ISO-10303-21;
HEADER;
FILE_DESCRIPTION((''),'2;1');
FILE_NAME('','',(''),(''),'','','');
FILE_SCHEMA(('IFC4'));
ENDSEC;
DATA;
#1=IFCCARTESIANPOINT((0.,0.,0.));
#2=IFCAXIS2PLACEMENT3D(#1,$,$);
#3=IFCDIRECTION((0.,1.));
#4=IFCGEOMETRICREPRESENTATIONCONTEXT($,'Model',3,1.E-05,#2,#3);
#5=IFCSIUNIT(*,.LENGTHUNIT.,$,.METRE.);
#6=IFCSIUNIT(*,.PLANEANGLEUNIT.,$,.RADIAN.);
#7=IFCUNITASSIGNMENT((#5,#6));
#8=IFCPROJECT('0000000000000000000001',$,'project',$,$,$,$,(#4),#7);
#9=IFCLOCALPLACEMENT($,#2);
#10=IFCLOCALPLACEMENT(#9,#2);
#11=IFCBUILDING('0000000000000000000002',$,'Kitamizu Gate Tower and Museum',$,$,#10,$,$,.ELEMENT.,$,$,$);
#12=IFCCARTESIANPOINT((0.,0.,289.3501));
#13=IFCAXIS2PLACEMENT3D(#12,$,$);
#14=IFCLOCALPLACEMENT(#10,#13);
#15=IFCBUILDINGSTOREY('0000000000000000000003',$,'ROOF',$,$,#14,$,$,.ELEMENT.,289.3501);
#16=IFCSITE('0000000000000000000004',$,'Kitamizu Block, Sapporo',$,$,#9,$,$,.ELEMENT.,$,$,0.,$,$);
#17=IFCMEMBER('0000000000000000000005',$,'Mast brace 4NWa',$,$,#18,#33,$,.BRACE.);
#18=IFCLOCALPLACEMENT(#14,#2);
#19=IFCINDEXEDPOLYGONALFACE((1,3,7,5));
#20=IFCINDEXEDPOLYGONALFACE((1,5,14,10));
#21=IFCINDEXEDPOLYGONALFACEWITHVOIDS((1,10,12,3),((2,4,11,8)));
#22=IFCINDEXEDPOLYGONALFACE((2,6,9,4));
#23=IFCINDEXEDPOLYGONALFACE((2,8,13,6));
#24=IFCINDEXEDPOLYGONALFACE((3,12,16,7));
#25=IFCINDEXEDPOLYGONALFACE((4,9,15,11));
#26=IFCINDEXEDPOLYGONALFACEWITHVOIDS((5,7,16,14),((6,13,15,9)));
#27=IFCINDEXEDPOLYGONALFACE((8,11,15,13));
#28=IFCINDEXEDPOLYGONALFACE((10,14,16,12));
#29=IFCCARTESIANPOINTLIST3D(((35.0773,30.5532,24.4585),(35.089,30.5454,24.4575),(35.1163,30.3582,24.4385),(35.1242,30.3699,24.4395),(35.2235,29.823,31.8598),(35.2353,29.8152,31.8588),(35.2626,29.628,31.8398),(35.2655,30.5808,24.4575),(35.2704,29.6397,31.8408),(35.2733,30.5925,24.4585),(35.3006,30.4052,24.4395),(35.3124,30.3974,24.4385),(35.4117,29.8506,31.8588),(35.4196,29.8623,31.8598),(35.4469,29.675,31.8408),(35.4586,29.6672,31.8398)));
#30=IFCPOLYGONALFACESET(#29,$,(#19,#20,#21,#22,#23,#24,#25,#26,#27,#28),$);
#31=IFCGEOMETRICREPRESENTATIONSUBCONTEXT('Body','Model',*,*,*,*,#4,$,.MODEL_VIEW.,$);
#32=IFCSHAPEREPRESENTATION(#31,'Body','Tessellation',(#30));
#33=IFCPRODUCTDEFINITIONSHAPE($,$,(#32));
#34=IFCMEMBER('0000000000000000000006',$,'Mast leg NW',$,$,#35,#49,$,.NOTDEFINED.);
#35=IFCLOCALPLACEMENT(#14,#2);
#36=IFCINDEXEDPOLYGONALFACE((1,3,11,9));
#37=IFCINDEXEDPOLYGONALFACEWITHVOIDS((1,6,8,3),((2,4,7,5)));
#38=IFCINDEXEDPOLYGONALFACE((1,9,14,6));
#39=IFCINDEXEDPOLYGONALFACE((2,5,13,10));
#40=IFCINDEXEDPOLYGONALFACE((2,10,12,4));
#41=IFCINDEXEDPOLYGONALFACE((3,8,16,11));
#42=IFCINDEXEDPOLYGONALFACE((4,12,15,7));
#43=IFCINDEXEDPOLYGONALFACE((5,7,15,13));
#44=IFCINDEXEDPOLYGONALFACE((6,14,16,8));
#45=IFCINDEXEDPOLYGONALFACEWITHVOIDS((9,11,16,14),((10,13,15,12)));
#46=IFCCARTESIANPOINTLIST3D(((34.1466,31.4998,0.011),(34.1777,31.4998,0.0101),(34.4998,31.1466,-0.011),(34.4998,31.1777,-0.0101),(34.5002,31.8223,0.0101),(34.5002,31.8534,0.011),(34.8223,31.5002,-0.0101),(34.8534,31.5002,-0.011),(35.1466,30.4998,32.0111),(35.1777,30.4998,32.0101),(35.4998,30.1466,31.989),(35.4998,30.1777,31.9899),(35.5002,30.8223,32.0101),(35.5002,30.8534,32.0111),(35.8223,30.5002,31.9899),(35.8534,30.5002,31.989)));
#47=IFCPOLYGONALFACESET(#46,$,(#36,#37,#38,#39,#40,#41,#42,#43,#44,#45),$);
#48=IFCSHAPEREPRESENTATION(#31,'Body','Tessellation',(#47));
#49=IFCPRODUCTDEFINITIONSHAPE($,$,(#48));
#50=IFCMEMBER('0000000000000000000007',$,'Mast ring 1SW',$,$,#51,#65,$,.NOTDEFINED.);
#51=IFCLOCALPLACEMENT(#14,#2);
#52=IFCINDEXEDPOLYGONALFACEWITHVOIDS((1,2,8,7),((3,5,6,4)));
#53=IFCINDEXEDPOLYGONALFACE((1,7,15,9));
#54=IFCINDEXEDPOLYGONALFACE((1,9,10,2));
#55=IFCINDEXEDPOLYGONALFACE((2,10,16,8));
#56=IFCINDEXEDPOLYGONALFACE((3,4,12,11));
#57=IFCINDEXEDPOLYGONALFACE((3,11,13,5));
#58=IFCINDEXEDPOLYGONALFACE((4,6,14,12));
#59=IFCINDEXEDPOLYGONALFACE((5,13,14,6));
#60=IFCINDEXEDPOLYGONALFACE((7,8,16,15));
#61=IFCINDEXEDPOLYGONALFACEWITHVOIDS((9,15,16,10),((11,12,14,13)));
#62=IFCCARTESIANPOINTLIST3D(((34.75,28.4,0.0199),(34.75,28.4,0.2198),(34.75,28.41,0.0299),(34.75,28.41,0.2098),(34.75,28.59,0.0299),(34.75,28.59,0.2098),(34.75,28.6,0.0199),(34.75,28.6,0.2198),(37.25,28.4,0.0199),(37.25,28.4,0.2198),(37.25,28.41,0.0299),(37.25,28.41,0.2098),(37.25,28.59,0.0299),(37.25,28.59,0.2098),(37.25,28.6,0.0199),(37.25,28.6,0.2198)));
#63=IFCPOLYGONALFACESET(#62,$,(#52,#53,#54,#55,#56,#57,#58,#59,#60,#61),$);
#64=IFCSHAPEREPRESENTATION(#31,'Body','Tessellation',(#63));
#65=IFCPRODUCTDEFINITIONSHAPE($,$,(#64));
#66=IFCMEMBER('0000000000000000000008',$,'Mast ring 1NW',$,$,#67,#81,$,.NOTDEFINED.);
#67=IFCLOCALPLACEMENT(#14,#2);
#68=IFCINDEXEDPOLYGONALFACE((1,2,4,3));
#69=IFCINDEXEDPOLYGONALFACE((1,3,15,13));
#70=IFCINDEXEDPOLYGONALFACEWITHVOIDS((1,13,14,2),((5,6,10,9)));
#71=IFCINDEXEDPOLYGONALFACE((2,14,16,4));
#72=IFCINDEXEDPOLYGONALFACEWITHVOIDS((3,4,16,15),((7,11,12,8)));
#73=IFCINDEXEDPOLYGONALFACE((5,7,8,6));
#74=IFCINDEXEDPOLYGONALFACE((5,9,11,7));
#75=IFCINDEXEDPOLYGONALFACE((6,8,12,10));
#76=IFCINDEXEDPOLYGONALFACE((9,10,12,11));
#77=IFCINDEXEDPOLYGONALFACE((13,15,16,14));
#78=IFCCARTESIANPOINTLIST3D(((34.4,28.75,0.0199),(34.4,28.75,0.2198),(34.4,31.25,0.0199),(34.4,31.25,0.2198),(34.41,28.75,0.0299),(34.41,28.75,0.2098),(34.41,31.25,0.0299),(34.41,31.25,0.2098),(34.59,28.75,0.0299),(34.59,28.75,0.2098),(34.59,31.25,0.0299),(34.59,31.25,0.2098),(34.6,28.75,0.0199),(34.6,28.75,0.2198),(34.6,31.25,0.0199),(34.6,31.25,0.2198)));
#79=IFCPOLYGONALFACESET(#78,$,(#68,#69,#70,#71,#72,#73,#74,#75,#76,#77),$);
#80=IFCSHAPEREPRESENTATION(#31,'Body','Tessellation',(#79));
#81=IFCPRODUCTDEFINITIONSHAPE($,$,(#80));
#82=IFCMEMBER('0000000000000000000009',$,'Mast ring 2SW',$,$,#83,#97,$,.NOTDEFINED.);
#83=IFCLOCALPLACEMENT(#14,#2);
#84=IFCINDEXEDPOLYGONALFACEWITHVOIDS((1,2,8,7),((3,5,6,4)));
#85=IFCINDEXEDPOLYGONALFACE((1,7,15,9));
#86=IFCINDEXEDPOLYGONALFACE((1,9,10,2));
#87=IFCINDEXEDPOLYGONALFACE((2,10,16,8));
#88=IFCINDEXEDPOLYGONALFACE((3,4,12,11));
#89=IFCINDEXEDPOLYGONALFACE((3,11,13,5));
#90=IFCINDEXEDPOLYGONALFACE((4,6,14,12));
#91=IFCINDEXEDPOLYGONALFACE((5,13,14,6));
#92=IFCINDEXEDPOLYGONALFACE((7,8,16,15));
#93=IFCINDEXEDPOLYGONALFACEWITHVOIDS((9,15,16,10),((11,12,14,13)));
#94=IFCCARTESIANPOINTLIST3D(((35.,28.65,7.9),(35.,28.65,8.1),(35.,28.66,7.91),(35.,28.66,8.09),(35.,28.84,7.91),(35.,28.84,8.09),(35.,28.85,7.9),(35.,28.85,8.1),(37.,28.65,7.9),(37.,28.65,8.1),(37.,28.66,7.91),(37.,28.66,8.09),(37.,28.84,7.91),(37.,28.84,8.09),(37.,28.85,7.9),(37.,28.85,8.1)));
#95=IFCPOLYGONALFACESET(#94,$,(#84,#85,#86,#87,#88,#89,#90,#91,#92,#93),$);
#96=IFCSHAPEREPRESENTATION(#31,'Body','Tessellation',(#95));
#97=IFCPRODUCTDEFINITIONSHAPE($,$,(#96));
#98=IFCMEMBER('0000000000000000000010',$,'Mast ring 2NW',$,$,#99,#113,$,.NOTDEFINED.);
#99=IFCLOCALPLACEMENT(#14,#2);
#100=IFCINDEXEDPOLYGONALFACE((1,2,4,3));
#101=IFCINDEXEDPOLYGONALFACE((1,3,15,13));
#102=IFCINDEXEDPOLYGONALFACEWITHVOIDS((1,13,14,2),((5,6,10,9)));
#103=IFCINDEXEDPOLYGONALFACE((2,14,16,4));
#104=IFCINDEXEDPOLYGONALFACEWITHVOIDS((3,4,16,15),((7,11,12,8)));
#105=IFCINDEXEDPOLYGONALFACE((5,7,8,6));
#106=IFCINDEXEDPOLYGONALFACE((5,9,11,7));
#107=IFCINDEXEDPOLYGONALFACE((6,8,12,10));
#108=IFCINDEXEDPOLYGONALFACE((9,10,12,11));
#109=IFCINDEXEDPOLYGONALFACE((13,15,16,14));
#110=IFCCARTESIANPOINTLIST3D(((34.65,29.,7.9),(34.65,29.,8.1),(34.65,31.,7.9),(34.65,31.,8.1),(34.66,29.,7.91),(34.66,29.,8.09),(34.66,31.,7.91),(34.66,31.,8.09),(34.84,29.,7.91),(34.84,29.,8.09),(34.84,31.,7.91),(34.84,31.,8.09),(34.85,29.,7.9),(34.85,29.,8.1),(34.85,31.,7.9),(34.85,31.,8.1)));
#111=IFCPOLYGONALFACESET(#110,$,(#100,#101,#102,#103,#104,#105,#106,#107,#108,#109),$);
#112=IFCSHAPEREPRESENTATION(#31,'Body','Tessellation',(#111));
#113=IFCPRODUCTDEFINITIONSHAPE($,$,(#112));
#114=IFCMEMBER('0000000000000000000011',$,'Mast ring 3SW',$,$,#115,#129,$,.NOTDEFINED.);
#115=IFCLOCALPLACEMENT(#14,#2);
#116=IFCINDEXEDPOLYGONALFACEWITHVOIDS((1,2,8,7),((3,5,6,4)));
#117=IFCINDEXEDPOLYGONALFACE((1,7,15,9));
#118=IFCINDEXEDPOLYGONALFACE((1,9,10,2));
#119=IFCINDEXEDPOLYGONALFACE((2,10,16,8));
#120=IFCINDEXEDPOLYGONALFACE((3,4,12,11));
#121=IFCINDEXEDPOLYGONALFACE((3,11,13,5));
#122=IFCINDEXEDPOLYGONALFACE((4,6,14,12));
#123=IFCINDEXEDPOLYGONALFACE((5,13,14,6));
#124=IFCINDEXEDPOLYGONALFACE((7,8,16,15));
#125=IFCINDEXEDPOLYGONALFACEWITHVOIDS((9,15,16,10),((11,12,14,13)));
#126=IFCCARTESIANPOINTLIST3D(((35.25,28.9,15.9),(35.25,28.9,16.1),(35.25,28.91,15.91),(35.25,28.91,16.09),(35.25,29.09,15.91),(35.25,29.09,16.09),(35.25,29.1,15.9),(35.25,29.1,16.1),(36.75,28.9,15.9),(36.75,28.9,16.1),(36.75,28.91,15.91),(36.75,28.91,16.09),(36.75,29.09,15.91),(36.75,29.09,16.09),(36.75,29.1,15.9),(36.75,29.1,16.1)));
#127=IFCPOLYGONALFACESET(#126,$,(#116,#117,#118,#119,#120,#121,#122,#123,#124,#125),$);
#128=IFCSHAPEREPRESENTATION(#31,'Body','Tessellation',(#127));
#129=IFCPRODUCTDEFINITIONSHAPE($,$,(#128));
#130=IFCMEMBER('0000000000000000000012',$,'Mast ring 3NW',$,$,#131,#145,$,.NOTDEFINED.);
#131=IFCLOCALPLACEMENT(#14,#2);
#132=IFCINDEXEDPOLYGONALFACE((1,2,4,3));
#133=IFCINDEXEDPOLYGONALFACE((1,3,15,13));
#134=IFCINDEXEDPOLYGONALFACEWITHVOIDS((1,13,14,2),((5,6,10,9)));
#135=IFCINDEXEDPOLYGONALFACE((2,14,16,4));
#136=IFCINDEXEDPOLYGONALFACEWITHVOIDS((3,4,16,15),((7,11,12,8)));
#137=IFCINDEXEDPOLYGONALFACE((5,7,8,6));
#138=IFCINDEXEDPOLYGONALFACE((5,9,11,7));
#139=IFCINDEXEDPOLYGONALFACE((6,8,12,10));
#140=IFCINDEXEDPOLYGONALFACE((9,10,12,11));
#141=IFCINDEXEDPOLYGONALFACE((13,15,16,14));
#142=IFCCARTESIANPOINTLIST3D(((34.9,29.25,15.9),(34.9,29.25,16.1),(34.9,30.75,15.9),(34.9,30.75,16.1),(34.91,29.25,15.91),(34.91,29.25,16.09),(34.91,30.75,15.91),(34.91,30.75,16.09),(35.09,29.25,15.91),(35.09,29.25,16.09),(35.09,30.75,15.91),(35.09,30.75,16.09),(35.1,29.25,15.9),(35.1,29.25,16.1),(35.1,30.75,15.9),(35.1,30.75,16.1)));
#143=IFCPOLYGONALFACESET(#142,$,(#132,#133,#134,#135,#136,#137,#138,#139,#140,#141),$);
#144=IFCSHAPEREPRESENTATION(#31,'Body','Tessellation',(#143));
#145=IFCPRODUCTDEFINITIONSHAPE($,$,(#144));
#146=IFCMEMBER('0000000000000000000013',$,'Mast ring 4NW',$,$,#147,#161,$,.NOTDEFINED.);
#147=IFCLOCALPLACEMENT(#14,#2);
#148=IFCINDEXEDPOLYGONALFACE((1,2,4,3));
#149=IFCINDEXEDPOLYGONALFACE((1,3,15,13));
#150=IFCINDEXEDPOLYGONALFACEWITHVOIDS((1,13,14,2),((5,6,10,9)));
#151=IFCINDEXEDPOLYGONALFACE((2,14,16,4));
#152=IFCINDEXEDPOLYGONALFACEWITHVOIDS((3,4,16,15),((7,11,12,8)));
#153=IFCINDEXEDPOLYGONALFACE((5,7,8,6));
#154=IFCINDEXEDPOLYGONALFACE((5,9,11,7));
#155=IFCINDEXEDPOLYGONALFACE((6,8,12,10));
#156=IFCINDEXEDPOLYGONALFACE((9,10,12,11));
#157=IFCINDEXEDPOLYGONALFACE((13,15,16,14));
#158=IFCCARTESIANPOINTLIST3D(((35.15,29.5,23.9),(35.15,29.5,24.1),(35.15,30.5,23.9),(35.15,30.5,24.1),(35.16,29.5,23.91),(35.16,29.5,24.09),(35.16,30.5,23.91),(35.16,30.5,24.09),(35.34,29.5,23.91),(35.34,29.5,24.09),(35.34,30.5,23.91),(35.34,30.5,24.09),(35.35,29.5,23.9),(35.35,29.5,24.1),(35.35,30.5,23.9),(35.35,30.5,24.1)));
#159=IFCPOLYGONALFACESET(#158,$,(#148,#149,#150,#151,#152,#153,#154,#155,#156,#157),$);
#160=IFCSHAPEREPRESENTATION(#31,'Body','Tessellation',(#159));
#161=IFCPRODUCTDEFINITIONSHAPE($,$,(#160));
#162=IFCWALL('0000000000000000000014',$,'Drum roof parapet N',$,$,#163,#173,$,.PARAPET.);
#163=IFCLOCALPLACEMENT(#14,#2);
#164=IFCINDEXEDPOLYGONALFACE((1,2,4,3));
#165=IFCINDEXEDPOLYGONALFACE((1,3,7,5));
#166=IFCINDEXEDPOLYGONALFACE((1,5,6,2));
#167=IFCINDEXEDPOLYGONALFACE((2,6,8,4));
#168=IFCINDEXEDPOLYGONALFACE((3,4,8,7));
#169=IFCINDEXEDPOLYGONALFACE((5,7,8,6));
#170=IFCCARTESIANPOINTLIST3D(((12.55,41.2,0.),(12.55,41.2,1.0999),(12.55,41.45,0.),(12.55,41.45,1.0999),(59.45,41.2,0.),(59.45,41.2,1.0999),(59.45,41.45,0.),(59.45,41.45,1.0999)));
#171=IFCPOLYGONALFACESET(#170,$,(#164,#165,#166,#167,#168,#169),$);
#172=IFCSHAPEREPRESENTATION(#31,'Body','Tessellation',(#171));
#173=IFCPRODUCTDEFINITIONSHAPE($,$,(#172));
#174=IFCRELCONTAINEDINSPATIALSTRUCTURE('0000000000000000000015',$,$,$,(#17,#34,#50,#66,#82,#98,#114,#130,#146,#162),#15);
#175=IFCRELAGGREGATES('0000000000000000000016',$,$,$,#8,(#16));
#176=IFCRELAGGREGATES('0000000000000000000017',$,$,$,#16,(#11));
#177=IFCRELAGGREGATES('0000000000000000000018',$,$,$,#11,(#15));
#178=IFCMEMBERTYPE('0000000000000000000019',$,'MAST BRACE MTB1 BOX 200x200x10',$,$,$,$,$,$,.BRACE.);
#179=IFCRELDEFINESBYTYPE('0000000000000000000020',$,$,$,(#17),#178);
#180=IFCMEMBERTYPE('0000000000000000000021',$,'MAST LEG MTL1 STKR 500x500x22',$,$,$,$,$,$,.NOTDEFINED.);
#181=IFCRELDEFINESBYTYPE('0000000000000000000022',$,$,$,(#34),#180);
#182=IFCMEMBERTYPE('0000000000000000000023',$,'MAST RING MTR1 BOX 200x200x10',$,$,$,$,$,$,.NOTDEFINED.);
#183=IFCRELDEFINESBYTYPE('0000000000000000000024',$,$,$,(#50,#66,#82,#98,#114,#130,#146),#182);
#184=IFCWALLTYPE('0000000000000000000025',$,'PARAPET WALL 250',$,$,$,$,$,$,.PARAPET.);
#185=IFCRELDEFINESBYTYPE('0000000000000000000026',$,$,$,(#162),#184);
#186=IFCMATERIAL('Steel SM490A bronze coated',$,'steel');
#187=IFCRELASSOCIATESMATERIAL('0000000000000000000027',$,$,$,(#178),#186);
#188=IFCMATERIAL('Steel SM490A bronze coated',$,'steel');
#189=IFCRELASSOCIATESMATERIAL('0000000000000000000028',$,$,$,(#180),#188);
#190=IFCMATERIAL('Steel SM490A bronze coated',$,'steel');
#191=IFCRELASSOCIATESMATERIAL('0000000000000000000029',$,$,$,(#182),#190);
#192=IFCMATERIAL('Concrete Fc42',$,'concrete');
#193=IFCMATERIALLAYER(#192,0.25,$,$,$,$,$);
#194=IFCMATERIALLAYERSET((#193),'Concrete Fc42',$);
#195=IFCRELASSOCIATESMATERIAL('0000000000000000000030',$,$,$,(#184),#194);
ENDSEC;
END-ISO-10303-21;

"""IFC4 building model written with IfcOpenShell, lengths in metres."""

from ifc_helpers import new_model, si_unit, direction, frame, frame_2d, origin, origin_2d, place, context, subcontext, project, spatial, rectangle, hollow_rectangle, extrude, material, layer, layer_set, material_profile, profile_set, type_object, element, save


model = new_model("IFC4")

# Units and contexts
model_context = context("Model", 3, precision=1e-05, world=origin(), true_north=direction((0.0, 1.0)))
body_context = subcontext(model_context, "Body", "Model", "MODEL_VIEW")
ifc_project = project(units=[si_unit("LENGTHUNIT", "METRE"), si_unit("PLANEANGLEUNIT", "RADIAN")], contexts=[model_context])

# Site, building, storey
site_placement = place(None, origin())
site = spatial("IfcSite", under=ifc_project, at=site_placement, Name="Kitamizu Block, Sapporo", CompositionType="ELEMENT", RefElevation=0.0)
building_placement = place(site_placement, origin())
building = spatial("IfcBuilding", under=site, at=building_placement, Name="Kitamizu Gate Tower and Museum", CompositionType="ELEMENT")
storey_placement = place(building_placement, frame((0.0, 0.0, 289.3501)))
storey = spatial("IfcBuildingStorey", under=building, at=storey_placement, Name="ROOF", CompositionType="ELEMENT", Elevation=289.3501)

# Members
ifc_material_1 = material(Name="Steel SM490A bronze coated", Category="steel")
ifc_material_profile_1 = material_profile(ifc_material_1, hollow_rectangle(XDim=0.2, YDim=0.2, WallThickness=0.01, at=origin_2d()), Name="BOX 200x200x10")
ifc_profile_set_1 = profile_set([ifc_material_profile_1], Name="Steel SM490A bronze coated")
member_type_1 = type_object("IfcMemberType", Name="MAST BRACE MTB1 BOX 200x200x10", PredefinedType="BRACE", material=ifc_profile_set_1)
member_1_placement = place(storey_placement, frame((35.1948, 30.4753, 24.4485), z_axis=(0.019659, -0.098165, 0.994976), x_axis=(0.98053, 0.196368, 0.0)))
element("IfcMember", 1, at=member_1_placement, inside=storey, type_object=member_type_1, Name="Mast brace 4NWa", PredefinedType="BRACE", context=body_context, shape_type="SweptSolid", body=[
    extrude(hollow_rectangle(XDim=0.2, YDim=0.2, WallThickness=0.01, at=origin_2d()), origin(), (0.0, 0.0, 1.0), 7.4387),
])
ifc_material_2 = material(Name="Steel SM490A bronze coated", Category="steel")
ifc_material_profile_2 = material_profile(ifc_material_2, hollow_rectangle(XDim=0.5, YDim=0.5, WallThickness=0.022, at=origin_2d()), Name="STKR-500x500x22")
ifc_profile_set_2 = profile_set([ifc_material_profile_2], Name="Steel SM490A bronze coated")
member_type_2 = type_object("IfcMemberType", Name="MAST LEG MTL1 STKR 500x500x22", PredefinedType="NOTDEFINED", material=ifc_profile_set_2)
member_2_placement = place(storey_placement, frame((34.5, 31.5, 0.0), z_axis=(0.03122, -0.03122, 0.999025), x_axis=(0.707107, 0.707107, 0.0)))
element("IfcMember", 2, at=member_2_placement, inside=storey, type_object=member_type_2, Name="Mast leg NW", PredefinedType="NOTDEFINED", context=body_context, shape_type="SweptSolid", body=[
    extrude(hollow_rectangle(XDim=0.5, YDim=0.5, WallThickness=0.022, at=origin_2d()), origin(), (0.0, 0.0, 1.0), 32.0312),
])
ifc_material_3 = material(Name="Steel SM490A bronze coated", Category="steel")
ifc_material_profile_3 = material_profile(ifc_material_3, hollow_rectangle(XDim=0.2, YDim=0.2, WallThickness=0.01, at=origin_2d()), Name="BOX 200x200x10")
ifc_profile_set_3 = profile_set([ifc_material_profile_3], Name="Steel SM490A bronze coated")
member_type_3 = type_object("IfcMemberType", Name="MAST RING MTR1 BOX 200x200x10", PredefinedType="NOTDEFINED", material=ifc_profile_set_3)
for number, where, z_axis, x_axis, name in (
    (3, (34.75, 28.5, 0.1199), (1.0, 0.0, 0.0), (0.0, 1.0, 0.0), "Mast ring 1SW"),
    (4, (34.5, 31.25, 0.1199), (0.0, -1.0, 0.0), (1.0, 0.0, 0.0), "Mast ring 1NW"),
):
    element("IfcMember", number, at=place(storey_placement, frame(where, z_axis=z_axis, x_axis=x_axis)), inside=storey, type_object=member_type_3, Name=name, PredefinedType="NOTDEFINED", context=body_context, shape_type="SweptSolid", body=[
        extrude(hollow_rectangle(XDim=0.2, YDim=0.2, WallThickness=0.01, at=origin_2d()), origin(), (0.0, 0.0, 1.0), 2.5),
    ])
for number, where, z_axis, x_axis, name in (
    (5, (35.0, 28.75, 8.0), (1.0, 0.0, 0.0), (0.0, 1.0, 0.0), "Mast ring 2SW"),
    (6, (34.75, 31.0, 8.0), (0.0, -1.0, 0.0), (1.0, 0.0, 0.0), "Mast ring 2NW"),
):
    element("IfcMember", number, at=place(storey_placement, frame(where, z_axis=z_axis, x_axis=x_axis)), inside=storey, type_object=member_type_3, Name=name, PredefinedType="NOTDEFINED", context=body_context, shape_type="SweptSolid", body=[
        extrude(hollow_rectangle(XDim=0.2, YDim=0.2, WallThickness=0.01, at=origin_2d()), origin(), (0.0, 0.0, 1.0), 2.0),
    ])
for number, where, z_axis, x_axis, name in (
    (7, (35.25, 29.0, 16.0), (1.0, 0.0, 0.0), (0.0, 1.0, 0.0), "Mast ring 3SW"),
    (8, (35.0, 30.75, 16.0), (0.0, -1.0, 0.0), (1.0, 0.0, 0.0), "Mast ring 3NW"),
):
    element("IfcMember", number, at=place(storey_placement, frame(where, z_axis=z_axis, x_axis=x_axis)), inside=storey, type_object=member_type_3, Name=name, PredefinedType="NOTDEFINED", context=body_context, shape_type="SweptSolid", body=[
        extrude(hollow_rectangle(XDim=0.2, YDim=0.2, WallThickness=0.01, at=origin_2d()), origin(), (0.0, 0.0, 1.0), 1.5),
    ])
member_3_placement = place(storey_placement, frame((35.25, 30.5, 24.0), z_axis=(0.0, -1.0, 0.0), x_axis=(1.0, 0.0, 0.0)))
element("IfcMember", 9, at=member_3_placement, inside=storey, type_object=member_type_3, Name="Mast ring 4NW", PredefinedType="NOTDEFINED", context=body_context, shape_type="SweptSolid", body=[
    extrude(hollow_rectangle(XDim=0.2, YDim=0.2, WallThickness=0.01, at=origin_2d()), origin(), (0.0, 0.0, 1.0), 1.0),
])

# Wall
ifc_material_4 = material(Name="Concrete Fc42", Category="concrete")
ifc_layer = layer(ifc_material_4, 0.25)
ifc_layer_set = layer_set([ifc_layer], Name="Concrete Fc42")
wall_type = type_object("IfcWallType", Name="PARAPET WALL 250", PredefinedType="PARAPET", material=ifc_layer_set)
wall_placement = place(storey_placement, frame((12.55, 41.325, 0.0), z_axis=(0.0, 0.0, 1.0), x_axis=(1.0, 0.0, 0.0)))
element("IfcWall", 10, at=wall_placement, inside=storey, type_object=wall_type, Name="Drum roof parapet N", PredefinedType="PARAPET", context=body_context, shape_type="SweptSolid", body=[
    extrude(rectangle(XDim=46.8999, YDim=0.25, at=frame_2d((23.45, 0.0))), origin(), (0.0, 0.0, 1.0), 1.0999),
])

save(model, "model.ifc")
